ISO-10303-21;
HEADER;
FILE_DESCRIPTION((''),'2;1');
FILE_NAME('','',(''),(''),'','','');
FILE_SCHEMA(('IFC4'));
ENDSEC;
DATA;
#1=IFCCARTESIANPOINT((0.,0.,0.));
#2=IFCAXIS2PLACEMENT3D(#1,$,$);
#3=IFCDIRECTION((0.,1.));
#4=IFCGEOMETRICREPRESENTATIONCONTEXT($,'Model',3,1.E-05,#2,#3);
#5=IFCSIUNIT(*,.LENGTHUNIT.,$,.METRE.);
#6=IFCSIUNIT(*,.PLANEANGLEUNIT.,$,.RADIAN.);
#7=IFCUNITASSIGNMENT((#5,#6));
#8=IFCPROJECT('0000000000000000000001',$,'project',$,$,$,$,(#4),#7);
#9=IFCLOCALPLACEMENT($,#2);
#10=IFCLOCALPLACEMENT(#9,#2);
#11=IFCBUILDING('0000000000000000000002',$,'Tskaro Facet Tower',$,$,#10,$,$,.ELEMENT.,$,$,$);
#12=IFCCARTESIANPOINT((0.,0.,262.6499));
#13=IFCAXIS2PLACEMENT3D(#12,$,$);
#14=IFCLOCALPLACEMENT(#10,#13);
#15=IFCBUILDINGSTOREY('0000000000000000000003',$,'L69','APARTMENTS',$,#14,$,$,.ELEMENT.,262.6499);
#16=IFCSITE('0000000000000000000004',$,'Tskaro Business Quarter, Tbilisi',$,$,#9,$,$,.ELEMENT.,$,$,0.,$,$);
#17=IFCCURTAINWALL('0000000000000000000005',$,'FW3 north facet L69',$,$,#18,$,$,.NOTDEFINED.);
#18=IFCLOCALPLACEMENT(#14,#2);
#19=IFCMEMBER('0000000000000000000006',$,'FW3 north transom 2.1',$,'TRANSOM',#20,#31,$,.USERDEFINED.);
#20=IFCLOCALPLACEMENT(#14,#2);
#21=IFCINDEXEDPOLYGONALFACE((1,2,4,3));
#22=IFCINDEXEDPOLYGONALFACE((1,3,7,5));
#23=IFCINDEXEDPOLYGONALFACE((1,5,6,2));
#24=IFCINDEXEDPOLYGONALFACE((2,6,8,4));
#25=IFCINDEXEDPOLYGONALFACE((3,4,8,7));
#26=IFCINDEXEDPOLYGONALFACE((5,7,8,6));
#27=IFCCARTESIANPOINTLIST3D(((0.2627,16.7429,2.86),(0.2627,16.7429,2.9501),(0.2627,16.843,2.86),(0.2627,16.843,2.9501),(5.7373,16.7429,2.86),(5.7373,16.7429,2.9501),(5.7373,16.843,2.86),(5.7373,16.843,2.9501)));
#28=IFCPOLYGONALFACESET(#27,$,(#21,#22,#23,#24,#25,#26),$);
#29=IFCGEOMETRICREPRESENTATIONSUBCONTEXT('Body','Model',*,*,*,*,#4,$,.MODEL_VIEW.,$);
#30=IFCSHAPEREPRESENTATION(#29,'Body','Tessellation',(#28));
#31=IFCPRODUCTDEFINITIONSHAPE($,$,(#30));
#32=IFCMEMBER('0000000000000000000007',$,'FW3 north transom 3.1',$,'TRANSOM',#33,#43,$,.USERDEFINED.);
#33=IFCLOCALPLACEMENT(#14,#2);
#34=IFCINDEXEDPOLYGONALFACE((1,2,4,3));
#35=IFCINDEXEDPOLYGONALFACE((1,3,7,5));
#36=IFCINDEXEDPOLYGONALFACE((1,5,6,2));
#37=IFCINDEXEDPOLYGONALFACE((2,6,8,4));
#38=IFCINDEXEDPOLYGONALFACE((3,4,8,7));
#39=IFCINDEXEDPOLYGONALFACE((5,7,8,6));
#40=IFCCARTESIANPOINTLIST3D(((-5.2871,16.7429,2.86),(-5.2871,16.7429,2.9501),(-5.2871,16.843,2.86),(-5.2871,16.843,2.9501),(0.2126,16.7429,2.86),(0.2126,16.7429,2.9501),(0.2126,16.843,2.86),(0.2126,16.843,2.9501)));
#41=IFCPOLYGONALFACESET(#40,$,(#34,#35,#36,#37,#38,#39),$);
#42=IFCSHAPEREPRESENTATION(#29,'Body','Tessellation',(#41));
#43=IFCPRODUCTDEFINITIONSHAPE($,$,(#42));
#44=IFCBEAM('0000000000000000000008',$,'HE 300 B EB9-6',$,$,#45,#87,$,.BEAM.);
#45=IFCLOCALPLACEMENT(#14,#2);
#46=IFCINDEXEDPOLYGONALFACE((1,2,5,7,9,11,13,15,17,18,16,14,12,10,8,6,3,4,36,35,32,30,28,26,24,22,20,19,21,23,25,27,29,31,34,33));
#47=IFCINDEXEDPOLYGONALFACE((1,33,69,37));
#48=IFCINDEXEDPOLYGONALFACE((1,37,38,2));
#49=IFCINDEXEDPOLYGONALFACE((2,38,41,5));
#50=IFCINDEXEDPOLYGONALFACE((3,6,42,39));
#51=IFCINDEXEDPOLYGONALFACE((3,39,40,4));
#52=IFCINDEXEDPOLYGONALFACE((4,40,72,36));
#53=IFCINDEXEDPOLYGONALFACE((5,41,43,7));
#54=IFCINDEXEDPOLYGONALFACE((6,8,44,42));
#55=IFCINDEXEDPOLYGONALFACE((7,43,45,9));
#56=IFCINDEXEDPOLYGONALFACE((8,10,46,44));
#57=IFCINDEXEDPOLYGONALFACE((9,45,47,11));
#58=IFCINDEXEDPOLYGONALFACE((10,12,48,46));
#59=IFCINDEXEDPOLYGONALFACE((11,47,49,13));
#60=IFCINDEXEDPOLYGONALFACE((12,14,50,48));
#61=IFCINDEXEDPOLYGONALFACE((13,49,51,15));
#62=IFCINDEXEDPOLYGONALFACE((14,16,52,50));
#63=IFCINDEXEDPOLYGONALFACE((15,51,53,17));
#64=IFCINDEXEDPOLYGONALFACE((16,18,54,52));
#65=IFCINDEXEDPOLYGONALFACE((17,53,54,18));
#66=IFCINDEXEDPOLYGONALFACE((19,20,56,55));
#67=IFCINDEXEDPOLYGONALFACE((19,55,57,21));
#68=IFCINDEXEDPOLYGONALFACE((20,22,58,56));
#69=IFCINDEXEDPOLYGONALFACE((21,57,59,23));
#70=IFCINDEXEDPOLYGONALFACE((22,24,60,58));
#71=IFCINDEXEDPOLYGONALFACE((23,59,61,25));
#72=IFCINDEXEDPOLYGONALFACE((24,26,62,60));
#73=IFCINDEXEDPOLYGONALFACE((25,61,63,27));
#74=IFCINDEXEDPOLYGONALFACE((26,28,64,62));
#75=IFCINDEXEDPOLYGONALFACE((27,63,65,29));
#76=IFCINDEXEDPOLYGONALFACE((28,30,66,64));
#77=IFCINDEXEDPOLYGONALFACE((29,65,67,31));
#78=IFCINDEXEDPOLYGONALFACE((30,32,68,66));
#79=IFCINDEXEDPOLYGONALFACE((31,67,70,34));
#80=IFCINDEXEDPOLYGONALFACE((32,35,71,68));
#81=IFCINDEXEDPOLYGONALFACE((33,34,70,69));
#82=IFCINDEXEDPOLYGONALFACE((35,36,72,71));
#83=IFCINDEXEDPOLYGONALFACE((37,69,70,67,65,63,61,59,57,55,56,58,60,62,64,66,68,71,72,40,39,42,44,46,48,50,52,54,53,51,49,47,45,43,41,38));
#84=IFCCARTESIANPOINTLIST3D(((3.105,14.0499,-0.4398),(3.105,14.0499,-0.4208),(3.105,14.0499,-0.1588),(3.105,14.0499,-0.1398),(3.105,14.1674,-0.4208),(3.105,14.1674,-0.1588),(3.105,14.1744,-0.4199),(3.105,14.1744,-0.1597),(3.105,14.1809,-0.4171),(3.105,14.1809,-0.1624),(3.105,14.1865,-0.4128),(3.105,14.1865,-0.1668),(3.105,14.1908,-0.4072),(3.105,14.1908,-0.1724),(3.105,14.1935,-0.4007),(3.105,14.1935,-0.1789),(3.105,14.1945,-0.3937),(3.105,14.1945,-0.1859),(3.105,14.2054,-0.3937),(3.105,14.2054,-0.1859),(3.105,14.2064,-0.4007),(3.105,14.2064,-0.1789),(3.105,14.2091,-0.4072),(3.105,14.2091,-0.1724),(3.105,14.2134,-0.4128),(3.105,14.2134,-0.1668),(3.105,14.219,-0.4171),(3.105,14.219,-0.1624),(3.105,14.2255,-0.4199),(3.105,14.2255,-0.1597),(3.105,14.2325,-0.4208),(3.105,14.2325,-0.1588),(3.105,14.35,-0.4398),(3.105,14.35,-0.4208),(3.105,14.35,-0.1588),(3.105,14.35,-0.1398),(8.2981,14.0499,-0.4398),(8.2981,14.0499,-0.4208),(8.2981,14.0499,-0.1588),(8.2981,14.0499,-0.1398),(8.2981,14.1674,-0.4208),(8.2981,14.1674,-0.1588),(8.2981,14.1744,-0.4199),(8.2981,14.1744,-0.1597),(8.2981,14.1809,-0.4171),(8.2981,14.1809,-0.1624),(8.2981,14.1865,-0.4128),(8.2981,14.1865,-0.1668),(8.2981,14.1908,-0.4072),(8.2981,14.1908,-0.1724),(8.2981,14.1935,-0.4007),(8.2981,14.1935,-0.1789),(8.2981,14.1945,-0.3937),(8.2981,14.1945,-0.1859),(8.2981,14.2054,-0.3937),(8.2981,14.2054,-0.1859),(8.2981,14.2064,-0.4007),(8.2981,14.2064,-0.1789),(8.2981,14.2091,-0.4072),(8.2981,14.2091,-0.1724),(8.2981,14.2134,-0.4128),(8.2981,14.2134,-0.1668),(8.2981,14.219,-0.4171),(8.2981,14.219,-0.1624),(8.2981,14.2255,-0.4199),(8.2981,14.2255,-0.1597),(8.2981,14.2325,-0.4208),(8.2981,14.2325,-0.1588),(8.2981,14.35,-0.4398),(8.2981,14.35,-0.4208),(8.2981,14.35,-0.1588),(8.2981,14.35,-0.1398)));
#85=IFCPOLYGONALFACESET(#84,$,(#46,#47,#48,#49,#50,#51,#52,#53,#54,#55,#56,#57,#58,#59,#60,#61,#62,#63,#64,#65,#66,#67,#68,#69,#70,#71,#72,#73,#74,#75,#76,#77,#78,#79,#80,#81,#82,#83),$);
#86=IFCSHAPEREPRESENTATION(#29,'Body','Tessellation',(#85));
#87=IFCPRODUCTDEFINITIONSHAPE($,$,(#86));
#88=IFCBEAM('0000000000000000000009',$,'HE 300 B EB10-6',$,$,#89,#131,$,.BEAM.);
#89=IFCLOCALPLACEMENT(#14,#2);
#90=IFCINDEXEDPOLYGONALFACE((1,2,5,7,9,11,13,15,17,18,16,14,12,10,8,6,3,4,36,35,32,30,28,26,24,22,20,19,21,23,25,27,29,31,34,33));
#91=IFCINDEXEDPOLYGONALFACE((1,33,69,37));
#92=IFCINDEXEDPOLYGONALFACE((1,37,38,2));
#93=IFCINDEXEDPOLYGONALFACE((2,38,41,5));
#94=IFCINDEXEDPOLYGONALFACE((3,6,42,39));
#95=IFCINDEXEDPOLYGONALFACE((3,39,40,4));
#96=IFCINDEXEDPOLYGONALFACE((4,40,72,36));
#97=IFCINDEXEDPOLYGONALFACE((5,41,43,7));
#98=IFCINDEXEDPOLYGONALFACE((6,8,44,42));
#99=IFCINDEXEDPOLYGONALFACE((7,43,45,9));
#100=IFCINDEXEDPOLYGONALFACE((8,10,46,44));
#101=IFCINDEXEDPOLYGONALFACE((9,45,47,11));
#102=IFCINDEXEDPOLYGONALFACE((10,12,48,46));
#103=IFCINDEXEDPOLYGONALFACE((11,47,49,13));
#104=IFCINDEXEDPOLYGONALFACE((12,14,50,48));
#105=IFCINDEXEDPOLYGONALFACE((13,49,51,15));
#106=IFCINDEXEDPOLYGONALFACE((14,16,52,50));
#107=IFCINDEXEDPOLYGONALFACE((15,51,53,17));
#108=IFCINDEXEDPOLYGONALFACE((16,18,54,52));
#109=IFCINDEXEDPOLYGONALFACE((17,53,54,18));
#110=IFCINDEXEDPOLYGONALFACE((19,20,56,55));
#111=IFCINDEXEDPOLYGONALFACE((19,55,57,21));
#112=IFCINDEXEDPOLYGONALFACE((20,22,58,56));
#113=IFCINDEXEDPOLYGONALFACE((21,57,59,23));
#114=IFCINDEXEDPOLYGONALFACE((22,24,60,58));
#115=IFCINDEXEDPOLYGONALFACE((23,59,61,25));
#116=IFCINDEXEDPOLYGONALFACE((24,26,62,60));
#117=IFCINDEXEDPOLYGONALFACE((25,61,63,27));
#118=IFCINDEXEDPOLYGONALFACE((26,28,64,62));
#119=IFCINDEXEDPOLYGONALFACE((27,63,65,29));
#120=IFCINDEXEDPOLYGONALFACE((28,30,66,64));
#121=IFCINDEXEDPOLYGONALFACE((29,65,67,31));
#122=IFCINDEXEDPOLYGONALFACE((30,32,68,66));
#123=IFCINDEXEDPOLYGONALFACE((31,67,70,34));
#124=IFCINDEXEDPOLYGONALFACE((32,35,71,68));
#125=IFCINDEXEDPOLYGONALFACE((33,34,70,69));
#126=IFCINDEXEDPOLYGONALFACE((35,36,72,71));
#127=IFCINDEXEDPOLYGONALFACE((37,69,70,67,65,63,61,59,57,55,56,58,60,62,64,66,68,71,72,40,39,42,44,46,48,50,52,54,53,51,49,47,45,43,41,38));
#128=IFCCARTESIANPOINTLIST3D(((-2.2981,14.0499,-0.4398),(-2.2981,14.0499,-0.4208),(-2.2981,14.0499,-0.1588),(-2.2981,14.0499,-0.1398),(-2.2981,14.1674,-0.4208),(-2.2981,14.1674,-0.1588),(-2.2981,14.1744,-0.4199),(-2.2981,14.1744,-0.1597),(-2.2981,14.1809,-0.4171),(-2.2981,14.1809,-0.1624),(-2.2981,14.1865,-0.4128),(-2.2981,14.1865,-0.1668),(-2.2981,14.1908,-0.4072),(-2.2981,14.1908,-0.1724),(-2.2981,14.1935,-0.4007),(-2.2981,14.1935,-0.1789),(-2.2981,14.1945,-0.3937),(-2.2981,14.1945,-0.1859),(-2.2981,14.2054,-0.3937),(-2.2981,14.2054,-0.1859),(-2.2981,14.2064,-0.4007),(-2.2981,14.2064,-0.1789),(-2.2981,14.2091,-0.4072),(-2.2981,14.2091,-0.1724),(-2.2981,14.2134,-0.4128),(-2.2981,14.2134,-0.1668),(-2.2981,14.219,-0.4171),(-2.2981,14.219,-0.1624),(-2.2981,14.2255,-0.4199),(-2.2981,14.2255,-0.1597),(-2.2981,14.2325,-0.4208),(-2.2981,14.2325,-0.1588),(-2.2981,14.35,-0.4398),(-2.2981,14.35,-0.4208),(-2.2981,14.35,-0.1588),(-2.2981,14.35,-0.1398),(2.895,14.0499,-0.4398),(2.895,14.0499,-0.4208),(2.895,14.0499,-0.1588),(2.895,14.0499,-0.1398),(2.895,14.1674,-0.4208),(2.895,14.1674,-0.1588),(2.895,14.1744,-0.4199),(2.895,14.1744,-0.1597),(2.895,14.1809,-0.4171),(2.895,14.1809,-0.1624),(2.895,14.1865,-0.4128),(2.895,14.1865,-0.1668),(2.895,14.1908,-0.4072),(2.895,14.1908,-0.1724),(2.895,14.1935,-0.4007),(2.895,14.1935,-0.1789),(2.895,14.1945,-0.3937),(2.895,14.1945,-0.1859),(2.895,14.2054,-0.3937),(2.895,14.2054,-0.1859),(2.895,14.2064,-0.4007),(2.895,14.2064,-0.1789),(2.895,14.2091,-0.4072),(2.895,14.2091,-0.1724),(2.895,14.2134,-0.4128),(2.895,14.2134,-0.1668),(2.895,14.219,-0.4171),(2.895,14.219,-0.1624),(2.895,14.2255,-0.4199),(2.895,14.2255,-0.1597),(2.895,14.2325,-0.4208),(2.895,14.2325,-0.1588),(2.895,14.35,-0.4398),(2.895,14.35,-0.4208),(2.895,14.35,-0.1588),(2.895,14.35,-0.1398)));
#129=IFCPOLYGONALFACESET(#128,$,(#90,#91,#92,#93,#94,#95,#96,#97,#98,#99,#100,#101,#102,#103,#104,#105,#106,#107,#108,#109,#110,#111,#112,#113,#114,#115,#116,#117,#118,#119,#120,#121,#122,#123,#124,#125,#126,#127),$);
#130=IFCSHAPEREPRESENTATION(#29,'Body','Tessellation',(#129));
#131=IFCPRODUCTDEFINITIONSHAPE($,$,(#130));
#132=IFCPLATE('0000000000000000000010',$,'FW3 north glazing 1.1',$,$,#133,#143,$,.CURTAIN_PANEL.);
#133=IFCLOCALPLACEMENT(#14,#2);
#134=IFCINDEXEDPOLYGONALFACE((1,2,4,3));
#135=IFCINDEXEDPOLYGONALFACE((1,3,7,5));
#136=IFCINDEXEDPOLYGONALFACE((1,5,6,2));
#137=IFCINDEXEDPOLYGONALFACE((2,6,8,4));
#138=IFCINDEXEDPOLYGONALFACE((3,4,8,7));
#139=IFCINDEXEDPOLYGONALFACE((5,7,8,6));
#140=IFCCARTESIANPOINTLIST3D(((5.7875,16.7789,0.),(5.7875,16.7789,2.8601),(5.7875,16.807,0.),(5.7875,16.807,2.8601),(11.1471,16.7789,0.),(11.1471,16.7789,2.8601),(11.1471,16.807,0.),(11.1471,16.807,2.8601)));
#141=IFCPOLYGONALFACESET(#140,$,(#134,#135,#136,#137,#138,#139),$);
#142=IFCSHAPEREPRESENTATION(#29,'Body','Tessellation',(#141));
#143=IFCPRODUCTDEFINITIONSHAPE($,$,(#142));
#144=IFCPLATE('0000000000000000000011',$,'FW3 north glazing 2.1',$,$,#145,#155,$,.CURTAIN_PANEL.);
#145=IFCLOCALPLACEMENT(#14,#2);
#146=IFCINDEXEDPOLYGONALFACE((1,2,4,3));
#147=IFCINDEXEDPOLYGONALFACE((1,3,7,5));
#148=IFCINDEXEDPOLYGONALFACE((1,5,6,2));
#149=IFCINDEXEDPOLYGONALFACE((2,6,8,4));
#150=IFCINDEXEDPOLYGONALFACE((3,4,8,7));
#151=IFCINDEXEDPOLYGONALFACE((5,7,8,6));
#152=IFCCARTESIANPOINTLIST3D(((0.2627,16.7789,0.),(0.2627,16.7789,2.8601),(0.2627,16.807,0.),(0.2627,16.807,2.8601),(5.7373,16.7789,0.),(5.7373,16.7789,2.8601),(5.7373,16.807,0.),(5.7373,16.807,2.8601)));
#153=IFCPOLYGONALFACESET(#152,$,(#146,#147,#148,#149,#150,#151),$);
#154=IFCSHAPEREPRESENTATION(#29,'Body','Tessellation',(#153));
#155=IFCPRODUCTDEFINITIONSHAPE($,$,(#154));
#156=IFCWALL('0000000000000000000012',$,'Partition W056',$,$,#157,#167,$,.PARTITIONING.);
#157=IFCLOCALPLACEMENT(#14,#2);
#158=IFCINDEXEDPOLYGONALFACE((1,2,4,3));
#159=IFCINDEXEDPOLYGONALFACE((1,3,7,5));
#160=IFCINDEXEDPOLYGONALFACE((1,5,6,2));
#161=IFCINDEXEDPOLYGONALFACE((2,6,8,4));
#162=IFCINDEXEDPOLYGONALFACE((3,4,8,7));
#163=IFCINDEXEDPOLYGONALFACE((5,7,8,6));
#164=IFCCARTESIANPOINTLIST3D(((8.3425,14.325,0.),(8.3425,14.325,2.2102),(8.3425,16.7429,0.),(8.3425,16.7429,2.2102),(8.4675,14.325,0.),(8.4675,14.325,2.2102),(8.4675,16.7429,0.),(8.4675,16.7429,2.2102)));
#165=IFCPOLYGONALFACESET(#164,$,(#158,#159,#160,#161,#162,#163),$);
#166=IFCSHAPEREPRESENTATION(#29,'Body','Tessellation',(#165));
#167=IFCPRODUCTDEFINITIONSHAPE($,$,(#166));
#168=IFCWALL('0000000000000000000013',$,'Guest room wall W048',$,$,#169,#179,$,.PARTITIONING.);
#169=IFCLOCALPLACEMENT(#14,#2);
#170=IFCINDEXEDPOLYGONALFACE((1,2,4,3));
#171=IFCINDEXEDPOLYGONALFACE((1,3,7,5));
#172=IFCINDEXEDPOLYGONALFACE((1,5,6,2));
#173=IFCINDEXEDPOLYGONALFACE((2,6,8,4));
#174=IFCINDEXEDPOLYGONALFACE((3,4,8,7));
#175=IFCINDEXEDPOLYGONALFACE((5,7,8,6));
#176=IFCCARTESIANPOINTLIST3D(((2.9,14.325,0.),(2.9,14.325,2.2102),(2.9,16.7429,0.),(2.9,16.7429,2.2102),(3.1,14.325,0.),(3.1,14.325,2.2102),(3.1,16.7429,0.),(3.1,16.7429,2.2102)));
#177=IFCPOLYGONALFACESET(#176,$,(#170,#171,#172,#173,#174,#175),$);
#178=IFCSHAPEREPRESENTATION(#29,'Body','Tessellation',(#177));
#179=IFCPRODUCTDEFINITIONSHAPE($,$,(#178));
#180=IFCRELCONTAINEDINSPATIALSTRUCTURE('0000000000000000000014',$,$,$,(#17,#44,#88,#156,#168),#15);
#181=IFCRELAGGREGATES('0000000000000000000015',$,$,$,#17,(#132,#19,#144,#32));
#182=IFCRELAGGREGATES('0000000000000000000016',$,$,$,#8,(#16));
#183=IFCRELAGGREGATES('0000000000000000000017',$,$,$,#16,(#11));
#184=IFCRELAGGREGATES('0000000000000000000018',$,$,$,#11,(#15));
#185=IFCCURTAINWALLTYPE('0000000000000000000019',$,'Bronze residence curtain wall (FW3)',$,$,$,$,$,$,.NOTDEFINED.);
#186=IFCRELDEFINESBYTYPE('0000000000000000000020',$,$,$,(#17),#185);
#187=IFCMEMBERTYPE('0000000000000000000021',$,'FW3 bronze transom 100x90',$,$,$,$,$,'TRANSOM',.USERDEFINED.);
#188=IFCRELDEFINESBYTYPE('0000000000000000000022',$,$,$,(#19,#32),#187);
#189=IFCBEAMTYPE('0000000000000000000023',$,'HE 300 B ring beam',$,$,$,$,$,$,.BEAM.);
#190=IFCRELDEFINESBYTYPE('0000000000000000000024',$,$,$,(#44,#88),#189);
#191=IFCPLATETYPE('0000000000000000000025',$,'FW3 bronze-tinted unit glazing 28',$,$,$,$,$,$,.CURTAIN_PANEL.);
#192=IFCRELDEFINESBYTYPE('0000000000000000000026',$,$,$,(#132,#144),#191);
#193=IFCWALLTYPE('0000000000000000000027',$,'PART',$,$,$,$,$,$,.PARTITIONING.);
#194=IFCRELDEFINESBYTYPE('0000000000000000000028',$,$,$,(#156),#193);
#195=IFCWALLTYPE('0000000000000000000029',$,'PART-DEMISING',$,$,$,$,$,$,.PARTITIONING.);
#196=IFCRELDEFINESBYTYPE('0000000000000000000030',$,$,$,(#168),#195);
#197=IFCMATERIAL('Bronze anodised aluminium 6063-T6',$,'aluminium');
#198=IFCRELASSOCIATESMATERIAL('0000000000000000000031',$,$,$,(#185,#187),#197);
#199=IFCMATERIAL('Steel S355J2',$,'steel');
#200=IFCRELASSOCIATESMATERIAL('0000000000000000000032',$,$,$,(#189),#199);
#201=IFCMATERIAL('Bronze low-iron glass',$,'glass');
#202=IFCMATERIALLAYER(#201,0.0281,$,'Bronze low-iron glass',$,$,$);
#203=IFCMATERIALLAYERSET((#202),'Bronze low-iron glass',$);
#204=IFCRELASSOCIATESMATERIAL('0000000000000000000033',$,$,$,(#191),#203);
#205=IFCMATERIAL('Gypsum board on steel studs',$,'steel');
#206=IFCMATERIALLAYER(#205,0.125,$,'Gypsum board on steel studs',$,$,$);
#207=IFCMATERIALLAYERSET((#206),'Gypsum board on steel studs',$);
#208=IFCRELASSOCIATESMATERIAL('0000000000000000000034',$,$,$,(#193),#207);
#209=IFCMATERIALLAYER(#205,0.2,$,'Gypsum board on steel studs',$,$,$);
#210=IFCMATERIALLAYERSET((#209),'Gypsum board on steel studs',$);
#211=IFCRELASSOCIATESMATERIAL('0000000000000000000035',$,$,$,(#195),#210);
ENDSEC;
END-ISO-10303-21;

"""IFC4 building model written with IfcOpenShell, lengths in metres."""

from ifc_helpers import new_model, si_unit, direction, frame, frame_2d, origin, origin_2d, place, context, subcontext, project, spatial, rectangle, i_section, extrude, material, layer, layer_set, material_profile, profile_set, type_object, element, aggregate, save


model = new_model("IFC4")

# Units and contexts
model_context = context("Model", 3, precision=1e-05, world=origin(), true_north=direction((0.0, 1.0)))
body_context = subcontext(model_context, "Body", "Model", "MODEL_VIEW")
ifc_project = project(units=[si_unit("LENGTHUNIT", "METRE"), si_unit("PLANEANGLEUNIT", "RADIAN")], contexts=[model_context])

# Site, building, storey
site_placement = place(None, origin())
site = spatial("IfcSite", under=ifc_project, at=site_placement, Name="Tskaro Business Quarter, Tbilisi", CompositionType="ELEMENT", RefElevation=0.0)
building_placement = place(site_placement, origin())
building = spatial("IfcBuilding", under=site, at=building_placement, Name="Tskaro Facet Tower", CompositionType="ELEMENT")
storey_placement = place(building_placement, frame((0.0, 0.0, 262.6499)))
storey = spatial("IfcBuildingStorey", under=building, at=storey_placement, Name="L69", Description="APARTMENTS", CompositionType="ELEMENT", Elevation=262.6499)

# Shared definitions
ifc_material_1 = material(Name="Steel S355J2", Category="steel")

# Curtain wall, members
ifc_material_2 = material(Name="Bronze anodised aluminium 6063-T6", Category="aluminium")
curtain_wall_type = type_object("IfcCurtainWallType", Name="Bronze residence curtain wall (FW3)", PredefinedType="NOTDEFINED", material=ifc_material_2)
curtain_wall_placement = place(storey_placement, origin())
curtain_wall = element("IfcCurtainWall", 1, at=curtain_wall_placement, inside=storey, type_object=curtain_wall_type, Name="FW3 north facet L69", PredefinedType="NOTDEFINED")
ifc_material_profile_1 = material_profile(ifc_material_2, rectangle(XDim=0.1001, YDim=0.0901, at=origin_2d()), Name="Transom 100x90")
ifc_profile_set_1 = profile_set([ifc_material_profile_1], Name="Bronze anodised aluminium 6063-T6")
member_type_1 = type_object("IfcMemberType", Name="FW3 bronze transom 100x90", ElementType="TRANSOM", PredefinedType="USERDEFINED", material=ifc_profile_set_1)
member_1_placement = place(storey_placement, frame((5.7373, 16.793, 2.905), z_axis=(-1.0, 0.0, 0.0), x_axis=(0.0, -1.0, 0.0)))
member_1 = element("IfcMember", 2, at=member_1_placement, type_object=member_type_1, Name="FW3 north transom 2.1", ObjectType="TRANSOM", PredefinedType="USERDEFINED", context=body_context, shape_type="SweptSolid", body=[
    extrude(rectangle(XDim=0.1001, YDim=0.0901, at=origin_2d()), origin(), (0.0, 0.0, 1.0), 5.4746),
])
member_2_placement = place(storey_placement, frame((0.2126, 16.793, 2.905), z_axis=(-1.0, 0.0, 0.0), x_axis=(0.0, -1.0, 0.0)))
member_2 = element("IfcMember", 3, at=member_2_placement, type_object=member_type_1, Name="FW3 north transom 3.1", ObjectType="TRANSOM", PredefinedType="USERDEFINED", context=body_context, shape_type="SweptSolid", body=[
    extrude(rectangle(XDim=0.1001, YDim=0.0901, at=origin_2d()), origin(), (0.0, 0.0, 1.0), 5.4998),
])

# Beams
ifc_material_profile_2 = material_profile(ifc_material_1, i_section(OverallWidth=0.3, OverallDepth=0.3, WebThickness=0.011, FlangeThickness=0.019, FilletRadius=0.0271, at=origin_2d()), Name="HE 300 B")
ifc_profile_set_2 = profile_set([ifc_material_profile_2], Name="Steel S355J2")
beam_type = type_object("IfcBeamType", Name="HE 300 B ring beam", PredefinedType="BEAM", material=ifc_profile_set_2)
for number, where, z_axis, x_axis, name in (
    (4, (8.2981, 14.2, -0.2898), (-1.0, 0.0, 0.0), (0.0, -1.0, 0.0), "HE 300 B EB9-6"),
    (5, (2.895, 14.2, -0.2898), (-1.0, 0.0, 0.0), (0.0, -1.0, 0.0), "HE 300 B EB10-6"),
):
    element("IfcBeam", number, at=place(storey_placement, frame(where, z_axis=z_axis, x_axis=x_axis)), inside=storey, type_object=beam_type, Name=name, PredefinedType="BEAM", context=body_context, shape_type="SweptSolid", body=[
        extrude(i_section(OverallWidth=0.3, OverallDepth=0.3, WebThickness=0.011, FlangeThickness=0.019, FilletRadius=0.0271, at=origin_2d()), origin(), (0.0, 0.0, 1.0), 5.1931),
    ])

# Plates
ifc_material_3 = material(Name="Bronze low-iron glass", Category="glass")
ifc_layer_1 = layer(ifc_material_3, 0.0281, Name="Bronze low-iron glass")
ifc_layer_set_1 = layer_set([ifc_layer_1], Name="Bronze low-iron glass")
plate_type = type_object("IfcPlateType", Name="FW3 bronze-tinted unit glazing 28", PredefinedType="CURTAIN_PANEL", material=ifc_layer_set_1)
plate_1_placement = place(storey_placement, frame((8.4673, 16.793, 0.0), z_axis=(0.0, 0.0, 1.0), x_axis=(-1.0, 0.0, 0.0)))
plate_1 = element("IfcPlate", 6, at=plate_1_placement, type_object=plate_type, Name="FW3 north glazing 1.1", PredefinedType="CURTAIN_PANEL", context=body_context, shape_type="SweptSolid", body=[
    extrude(rectangle(XDim=5.3596, YDim=0.0281, at=origin_2d()), origin(), (0.0, 0.0, 1.0), 2.8601),
])
plate_2_placement = place(storey_placement, frame((3.0, 16.793, 0.0), z_axis=(0.0, 0.0, 1.0), x_axis=(-1.0, 0.0, 0.0)))
plate_2 = element("IfcPlate", 7, at=plate_2_placement, type_object=plate_type, Name="FW3 north glazing 2.1", PredefinedType="CURTAIN_PANEL", context=body_context, shape_type="SweptSolid", body=[
    extrude(rectangle(XDim=5.4746, YDim=0.0281, at=origin_2d()), origin(), (0.0, 0.0, 1.0), 2.8601),
])
aggregate(curtain_wall, [plate_1, member_1, plate_2, member_2])

# Walls
ifc_material_4 = material(Name="Gypsum board on steel studs", Category="steel")
ifc_layer_2 = layer(ifc_material_4, 0.125, Name="Gypsum board on steel studs")
ifc_layer_set_2 = layer_set([ifc_layer_2], Name="Gypsum board on steel studs")
wall_type_1 = type_object("IfcWallType", Name="PART", PredefinedType="PARTITIONING", material=ifc_layer_set_2)
wall_1_placement = place(storey_placement, frame((8.405, 14.325, 0.0), z_axis=(0.0, 0.0, 1.0), x_axis=(0.0, 1.0, 0.0)))
element("IfcWall", 8, at=wall_1_placement, inside=storey, type_object=wall_type_1, Name="Partition W056", PredefinedType="PARTITIONING", context=body_context, shape_type="SweptSolid", body=[
    extrude(rectangle(XDim=2.418, YDim=0.125, at=frame_2d((1.209, 0.0))), origin(), (0.0, 0.0, 1.0), 2.2102),
])
ifc_layer_3 = layer(ifc_material_4, 0.2, Name="Gypsum board on steel studs")
ifc_layer_set_3 = layer_set([ifc_layer_3], Name="Gypsum board on steel studs")
wall_type_2 = type_object("IfcWallType", Name="PART-DEMISING", PredefinedType="PARTITIONING", material=ifc_layer_set_3)
wall_2_placement = place(storey_placement, frame((3.0, 14.325, 0.0), z_axis=(0.0, 0.0, 1.0), x_axis=(0.0, 1.0, 0.0)))
element("IfcWall", 9, at=wall_2_placement, inside=storey, type_object=wall_type_2, Name="Guest room wall W048", PredefinedType="PARTITIONING", context=body_context, shape_type="SweptSolid", body=[
    extrude(rectangle(XDim=2.418, YDim=0.2, at=frame_2d((1.209, 0.0))), origin(), (0.0, 0.0, 1.0), 2.2102),
])

save(model, "model.ifc")
